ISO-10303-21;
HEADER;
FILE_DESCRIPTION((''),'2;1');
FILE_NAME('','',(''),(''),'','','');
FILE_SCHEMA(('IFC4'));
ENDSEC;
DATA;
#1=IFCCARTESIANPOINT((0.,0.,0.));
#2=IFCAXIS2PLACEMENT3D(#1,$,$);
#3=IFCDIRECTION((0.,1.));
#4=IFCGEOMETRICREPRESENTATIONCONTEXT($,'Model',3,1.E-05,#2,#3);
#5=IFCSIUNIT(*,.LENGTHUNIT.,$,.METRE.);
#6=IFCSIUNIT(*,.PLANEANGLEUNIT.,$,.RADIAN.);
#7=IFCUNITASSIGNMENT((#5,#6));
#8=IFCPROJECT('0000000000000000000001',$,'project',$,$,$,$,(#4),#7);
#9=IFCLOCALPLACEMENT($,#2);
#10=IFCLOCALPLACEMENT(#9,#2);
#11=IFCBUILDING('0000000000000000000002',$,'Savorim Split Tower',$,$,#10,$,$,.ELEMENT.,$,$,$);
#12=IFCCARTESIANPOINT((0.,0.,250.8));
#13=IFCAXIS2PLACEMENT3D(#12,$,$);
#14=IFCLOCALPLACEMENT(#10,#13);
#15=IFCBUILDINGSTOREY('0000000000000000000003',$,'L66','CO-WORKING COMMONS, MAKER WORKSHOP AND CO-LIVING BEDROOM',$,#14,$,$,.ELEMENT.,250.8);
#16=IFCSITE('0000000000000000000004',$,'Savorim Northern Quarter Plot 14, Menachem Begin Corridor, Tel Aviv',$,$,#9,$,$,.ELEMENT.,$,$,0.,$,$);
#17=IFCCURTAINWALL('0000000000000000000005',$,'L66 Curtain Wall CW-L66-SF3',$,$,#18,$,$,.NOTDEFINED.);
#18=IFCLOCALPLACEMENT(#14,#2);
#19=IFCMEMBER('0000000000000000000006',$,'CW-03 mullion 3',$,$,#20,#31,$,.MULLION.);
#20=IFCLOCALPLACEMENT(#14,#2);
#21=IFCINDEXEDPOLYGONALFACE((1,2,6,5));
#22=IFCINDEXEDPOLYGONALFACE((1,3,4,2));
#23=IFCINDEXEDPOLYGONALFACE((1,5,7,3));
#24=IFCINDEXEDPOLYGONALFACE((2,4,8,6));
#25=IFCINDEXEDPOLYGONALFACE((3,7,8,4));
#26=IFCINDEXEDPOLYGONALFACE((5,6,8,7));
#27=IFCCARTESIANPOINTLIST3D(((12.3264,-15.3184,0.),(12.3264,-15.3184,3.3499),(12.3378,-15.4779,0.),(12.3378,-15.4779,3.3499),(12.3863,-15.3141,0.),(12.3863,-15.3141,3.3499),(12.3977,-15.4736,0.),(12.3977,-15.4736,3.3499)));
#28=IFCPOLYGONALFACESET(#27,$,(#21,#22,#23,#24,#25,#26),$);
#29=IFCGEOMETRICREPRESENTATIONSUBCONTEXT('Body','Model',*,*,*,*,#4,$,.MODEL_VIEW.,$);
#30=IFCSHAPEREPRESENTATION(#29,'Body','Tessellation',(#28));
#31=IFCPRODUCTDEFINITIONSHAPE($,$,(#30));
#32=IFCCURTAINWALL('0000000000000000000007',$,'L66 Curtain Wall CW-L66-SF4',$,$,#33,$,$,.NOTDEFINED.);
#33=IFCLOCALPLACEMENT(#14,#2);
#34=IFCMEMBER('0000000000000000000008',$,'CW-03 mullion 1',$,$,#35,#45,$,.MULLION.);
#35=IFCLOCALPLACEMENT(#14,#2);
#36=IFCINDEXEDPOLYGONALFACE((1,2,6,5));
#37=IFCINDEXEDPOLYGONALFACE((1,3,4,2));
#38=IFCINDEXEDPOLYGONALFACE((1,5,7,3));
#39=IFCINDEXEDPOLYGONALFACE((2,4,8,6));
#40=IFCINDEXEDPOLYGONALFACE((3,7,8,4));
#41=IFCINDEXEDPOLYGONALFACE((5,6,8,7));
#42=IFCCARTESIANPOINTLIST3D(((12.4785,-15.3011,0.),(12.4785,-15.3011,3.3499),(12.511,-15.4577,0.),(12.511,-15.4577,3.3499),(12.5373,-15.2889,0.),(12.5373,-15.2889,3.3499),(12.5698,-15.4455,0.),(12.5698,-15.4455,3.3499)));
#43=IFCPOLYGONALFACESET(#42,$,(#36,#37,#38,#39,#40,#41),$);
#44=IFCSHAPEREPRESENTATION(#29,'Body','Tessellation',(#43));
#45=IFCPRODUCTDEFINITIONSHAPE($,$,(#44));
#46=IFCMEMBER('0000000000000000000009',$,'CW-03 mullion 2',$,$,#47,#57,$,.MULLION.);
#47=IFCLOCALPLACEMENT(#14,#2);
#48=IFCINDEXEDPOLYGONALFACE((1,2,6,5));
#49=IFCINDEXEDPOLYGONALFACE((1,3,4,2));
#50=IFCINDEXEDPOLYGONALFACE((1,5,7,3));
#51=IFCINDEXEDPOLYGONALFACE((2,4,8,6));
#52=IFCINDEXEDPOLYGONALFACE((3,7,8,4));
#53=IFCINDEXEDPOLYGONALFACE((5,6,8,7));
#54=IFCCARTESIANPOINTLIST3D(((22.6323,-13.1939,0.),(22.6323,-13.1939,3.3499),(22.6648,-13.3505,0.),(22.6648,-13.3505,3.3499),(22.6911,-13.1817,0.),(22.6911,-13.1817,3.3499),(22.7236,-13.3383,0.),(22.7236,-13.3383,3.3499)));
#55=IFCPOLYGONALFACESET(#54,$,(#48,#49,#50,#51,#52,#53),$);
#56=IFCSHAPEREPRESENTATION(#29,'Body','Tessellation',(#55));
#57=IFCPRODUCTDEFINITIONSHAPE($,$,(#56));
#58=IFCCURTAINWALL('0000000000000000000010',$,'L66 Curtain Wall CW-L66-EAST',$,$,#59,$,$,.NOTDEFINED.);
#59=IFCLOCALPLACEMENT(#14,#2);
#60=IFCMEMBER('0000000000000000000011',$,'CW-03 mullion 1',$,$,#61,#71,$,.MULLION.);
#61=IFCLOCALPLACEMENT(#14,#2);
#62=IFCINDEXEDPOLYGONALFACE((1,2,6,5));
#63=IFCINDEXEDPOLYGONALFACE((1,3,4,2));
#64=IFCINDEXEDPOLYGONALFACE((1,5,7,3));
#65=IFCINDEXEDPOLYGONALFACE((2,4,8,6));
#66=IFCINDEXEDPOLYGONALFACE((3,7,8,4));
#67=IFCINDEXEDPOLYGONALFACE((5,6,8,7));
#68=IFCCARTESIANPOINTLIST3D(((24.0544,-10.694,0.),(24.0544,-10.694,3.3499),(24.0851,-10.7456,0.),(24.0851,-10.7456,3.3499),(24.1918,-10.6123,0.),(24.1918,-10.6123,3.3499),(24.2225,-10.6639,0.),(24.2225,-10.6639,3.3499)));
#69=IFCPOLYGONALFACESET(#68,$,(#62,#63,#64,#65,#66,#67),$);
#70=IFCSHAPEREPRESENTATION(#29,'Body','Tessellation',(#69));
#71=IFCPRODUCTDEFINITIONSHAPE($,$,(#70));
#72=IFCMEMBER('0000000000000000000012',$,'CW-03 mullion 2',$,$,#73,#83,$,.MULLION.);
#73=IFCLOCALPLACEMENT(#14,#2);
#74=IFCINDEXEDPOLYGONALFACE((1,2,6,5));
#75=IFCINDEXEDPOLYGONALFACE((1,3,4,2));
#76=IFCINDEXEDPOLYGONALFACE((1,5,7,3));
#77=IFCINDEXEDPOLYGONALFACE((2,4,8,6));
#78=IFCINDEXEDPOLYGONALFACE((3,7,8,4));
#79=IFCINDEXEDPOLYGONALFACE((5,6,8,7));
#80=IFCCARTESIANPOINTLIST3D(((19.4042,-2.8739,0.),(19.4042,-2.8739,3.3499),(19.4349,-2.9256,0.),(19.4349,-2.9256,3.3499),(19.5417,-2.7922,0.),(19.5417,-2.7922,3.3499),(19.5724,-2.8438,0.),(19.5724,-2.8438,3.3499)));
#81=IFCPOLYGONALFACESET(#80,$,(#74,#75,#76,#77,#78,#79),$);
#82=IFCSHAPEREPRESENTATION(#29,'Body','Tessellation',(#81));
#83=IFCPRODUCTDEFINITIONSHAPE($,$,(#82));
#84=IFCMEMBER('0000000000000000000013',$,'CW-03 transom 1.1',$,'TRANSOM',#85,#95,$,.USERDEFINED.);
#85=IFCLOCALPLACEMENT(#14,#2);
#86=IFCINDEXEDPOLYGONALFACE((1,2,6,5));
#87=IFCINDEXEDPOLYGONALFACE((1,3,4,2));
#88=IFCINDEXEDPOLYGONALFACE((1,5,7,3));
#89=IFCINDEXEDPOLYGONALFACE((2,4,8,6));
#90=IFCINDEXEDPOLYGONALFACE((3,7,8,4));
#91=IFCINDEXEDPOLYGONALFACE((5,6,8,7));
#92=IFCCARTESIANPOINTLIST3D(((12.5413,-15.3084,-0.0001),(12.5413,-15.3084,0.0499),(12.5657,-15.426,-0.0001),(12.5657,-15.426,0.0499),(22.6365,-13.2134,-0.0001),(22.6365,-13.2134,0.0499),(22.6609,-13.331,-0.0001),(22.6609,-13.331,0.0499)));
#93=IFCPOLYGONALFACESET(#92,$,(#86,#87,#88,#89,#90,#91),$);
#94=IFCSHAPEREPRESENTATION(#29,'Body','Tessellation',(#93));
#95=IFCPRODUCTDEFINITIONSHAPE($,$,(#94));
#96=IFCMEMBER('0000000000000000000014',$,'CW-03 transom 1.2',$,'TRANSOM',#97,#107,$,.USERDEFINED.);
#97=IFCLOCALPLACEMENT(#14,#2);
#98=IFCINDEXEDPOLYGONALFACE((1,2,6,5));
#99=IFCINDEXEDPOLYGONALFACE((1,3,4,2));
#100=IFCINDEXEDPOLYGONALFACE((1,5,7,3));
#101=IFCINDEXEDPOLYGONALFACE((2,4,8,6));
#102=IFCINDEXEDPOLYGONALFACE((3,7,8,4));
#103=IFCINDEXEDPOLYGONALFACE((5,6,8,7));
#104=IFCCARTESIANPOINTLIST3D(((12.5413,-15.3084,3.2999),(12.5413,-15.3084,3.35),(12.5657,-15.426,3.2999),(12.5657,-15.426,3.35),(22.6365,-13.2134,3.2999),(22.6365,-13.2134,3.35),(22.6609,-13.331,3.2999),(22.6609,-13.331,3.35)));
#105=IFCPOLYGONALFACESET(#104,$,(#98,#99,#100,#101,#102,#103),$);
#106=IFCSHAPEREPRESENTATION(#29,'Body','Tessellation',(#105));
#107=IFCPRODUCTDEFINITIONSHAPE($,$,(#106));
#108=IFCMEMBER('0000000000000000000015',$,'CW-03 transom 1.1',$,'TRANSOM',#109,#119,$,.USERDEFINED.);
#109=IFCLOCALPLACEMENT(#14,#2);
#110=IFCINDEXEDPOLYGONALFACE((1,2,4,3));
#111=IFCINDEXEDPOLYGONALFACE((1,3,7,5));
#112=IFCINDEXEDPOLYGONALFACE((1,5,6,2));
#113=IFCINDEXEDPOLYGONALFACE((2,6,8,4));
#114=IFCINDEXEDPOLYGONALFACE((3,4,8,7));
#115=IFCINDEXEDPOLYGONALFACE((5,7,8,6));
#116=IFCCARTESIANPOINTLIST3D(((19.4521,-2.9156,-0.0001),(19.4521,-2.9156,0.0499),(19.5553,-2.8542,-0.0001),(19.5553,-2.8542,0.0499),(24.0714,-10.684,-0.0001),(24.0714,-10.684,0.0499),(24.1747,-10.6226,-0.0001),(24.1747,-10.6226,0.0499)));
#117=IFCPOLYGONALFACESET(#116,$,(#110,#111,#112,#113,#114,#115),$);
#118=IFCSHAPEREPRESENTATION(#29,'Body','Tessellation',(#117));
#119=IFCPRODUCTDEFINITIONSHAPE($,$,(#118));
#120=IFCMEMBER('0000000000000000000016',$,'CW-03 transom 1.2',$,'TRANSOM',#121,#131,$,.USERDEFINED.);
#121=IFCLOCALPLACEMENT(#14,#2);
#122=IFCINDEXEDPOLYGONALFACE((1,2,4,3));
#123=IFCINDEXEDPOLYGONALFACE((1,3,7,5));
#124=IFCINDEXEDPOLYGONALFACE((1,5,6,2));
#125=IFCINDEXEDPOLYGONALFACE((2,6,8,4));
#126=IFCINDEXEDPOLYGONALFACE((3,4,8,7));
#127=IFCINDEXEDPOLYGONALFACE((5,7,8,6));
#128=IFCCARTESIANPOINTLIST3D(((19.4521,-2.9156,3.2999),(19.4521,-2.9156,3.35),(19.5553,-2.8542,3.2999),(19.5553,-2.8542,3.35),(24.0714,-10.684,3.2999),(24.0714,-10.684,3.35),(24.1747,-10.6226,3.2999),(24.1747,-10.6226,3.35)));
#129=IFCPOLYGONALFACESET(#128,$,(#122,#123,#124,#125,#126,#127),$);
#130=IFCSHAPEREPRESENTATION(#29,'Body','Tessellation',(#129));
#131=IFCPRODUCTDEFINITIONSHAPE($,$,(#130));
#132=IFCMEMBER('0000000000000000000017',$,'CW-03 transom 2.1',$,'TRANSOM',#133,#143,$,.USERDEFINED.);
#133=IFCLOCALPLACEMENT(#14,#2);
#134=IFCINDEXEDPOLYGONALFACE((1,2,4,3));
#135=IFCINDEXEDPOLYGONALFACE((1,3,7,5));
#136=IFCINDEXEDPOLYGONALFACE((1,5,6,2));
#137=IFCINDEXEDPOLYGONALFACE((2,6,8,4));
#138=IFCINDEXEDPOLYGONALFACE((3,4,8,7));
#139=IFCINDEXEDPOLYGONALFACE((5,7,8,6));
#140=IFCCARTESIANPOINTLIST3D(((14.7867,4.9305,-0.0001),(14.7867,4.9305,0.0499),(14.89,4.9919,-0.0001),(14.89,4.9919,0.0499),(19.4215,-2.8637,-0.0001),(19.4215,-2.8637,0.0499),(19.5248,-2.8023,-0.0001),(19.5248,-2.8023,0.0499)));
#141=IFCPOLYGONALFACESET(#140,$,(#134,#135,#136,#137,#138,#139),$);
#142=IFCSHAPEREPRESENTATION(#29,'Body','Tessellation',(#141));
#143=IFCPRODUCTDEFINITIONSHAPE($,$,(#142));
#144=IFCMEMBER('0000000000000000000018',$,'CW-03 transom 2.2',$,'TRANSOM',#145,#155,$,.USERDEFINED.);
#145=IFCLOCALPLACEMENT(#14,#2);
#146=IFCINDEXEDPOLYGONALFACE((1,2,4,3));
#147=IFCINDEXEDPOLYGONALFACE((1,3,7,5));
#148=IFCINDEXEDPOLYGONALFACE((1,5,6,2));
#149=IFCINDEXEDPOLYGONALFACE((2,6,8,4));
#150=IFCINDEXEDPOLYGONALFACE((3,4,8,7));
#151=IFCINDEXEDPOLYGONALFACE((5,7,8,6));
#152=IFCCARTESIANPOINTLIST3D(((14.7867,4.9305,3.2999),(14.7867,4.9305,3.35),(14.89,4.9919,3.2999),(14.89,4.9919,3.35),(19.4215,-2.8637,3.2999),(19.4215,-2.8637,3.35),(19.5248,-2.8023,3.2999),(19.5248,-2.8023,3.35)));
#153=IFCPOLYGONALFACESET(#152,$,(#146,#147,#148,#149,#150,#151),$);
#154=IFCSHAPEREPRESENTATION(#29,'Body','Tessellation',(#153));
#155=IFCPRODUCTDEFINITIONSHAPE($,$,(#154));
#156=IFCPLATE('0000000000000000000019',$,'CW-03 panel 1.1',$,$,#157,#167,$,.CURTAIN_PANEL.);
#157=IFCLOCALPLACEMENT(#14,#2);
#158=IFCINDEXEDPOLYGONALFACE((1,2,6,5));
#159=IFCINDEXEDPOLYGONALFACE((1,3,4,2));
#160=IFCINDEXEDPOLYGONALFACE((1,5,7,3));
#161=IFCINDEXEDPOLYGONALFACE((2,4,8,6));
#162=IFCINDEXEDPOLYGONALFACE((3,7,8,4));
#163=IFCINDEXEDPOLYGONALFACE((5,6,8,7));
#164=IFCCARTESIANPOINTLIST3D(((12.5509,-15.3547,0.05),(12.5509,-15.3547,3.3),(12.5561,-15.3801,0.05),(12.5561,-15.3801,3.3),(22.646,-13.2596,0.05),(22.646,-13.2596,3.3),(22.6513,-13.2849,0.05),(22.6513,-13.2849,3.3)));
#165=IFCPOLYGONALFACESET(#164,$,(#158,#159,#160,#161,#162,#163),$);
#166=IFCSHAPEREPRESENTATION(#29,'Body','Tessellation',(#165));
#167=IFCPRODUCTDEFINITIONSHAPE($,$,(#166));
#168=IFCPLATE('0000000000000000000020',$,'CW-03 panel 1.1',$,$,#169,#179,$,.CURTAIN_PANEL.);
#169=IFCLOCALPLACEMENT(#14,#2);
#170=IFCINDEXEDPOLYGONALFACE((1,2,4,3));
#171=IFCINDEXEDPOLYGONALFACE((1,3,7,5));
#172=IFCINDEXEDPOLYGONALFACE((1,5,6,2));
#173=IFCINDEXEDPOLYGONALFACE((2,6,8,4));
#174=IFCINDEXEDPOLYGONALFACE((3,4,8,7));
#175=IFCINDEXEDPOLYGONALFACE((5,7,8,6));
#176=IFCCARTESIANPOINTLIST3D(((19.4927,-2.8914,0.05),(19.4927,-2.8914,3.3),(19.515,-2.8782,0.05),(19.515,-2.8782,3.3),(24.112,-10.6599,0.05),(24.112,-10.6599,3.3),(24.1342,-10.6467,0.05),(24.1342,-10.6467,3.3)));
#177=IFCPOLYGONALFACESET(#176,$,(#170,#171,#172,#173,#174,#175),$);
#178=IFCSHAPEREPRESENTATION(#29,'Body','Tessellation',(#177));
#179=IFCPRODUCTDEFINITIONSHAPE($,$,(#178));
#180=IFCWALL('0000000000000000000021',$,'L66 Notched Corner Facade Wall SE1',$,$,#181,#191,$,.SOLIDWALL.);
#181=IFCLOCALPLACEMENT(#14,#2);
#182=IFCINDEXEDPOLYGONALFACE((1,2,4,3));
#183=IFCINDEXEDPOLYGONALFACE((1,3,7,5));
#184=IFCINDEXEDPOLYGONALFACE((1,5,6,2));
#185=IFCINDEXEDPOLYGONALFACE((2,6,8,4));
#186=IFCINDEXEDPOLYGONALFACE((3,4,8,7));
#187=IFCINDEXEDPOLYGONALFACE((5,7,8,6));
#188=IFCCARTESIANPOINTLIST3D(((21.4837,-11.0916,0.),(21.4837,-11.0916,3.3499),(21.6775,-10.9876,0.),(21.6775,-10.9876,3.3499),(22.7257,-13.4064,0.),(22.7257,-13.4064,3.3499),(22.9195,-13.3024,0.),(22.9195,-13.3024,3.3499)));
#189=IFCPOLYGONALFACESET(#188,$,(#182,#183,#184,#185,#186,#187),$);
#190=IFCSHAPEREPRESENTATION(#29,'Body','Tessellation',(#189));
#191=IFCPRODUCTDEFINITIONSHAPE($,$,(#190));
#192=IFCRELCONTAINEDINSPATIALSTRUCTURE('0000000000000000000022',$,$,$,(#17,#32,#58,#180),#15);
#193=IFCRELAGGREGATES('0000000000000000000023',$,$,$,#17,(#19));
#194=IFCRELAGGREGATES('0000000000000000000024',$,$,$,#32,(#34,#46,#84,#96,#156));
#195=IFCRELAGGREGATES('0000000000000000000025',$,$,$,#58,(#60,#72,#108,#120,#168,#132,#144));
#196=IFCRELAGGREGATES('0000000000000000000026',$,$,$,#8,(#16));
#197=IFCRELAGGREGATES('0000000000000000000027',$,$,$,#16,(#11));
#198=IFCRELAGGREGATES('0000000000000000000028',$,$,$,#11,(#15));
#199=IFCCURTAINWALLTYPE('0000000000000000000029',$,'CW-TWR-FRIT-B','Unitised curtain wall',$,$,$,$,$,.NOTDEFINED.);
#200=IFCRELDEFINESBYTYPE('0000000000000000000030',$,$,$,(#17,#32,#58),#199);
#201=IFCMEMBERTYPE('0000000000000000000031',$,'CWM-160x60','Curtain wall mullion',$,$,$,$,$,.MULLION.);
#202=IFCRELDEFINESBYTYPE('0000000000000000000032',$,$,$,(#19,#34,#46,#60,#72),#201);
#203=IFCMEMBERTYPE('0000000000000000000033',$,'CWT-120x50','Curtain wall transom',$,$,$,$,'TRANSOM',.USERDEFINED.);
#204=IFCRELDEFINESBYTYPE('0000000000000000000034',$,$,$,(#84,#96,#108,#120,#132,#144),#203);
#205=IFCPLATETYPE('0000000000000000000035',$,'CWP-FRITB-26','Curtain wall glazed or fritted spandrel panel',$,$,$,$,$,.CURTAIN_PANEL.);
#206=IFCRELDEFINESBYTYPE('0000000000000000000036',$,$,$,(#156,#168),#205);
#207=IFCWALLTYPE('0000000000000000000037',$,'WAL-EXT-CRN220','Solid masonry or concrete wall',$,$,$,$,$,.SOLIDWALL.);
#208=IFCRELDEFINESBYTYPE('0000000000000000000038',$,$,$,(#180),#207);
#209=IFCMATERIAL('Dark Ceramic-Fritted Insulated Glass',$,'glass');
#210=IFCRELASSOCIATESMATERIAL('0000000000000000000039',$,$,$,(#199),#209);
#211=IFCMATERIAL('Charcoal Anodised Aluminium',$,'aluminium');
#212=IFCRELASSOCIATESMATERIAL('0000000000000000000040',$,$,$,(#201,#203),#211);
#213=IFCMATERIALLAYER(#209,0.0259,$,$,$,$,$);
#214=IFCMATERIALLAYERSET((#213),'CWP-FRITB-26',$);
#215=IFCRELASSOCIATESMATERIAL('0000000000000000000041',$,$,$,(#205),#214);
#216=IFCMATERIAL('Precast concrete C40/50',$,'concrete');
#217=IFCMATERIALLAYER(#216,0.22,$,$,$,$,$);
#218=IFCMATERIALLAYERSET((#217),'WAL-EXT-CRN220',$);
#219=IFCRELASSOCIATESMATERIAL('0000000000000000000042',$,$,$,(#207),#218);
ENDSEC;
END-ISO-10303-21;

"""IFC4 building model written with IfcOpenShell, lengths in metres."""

from ifc_helpers import new_model, si_unit, direction, frame, frame_2d, origin, origin_2d, place, context, subcontext, project, spatial, rectangle, extrude, material, layer, layer_set, material_profile, profile_set, type_object, element, aggregate, save


model = new_model("IFC4")

# Units and contexts
model_context = context("Model", 3, precision=1e-05, world=origin(), true_north=direction((0.0, 1.0)))
body_context = subcontext(model_context, "Body", "Model", "MODEL_VIEW")
ifc_project = project(units=[si_unit("LENGTHUNIT", "METRE"), si_unit("PLANEANGLEUNIT", "RADIAN")], contexts=[model_context])

# Site, building, storey
site_placement = place(None, origin())
site = spatial("IfcSite", under=ifc_project, at=site_placement, Name="Savorim Northern Quarter Plot 14, Menachem Begin Corridor, Tel Aviv", CompositionType="ELEMENT", RefElevation=0.0)
building_placement = place(site_placement, origin())
building = spatial("IfcBuilding", under=site, at=building_placement, Name="Savorim Split Tower", CompositionType="ELEMENT")
storey_placement = place(building_placement, frame((0.0, 0.0, 250.8)))
storey = spatial("IfcBuildingStorey", under=building, at=storey_placement, Name="L66", Description="CO-WORKING COMMONS, MAKER WORKSHOP AND CO-LIVING BEDROOM", CompositionType="ELEMENT", Elevation=250.8)

# Curtain wall, member
ifc_material_1 = material(Name="Dark Ceramic-Fritted Insulated Glass", Category="glass")
curtain_wall_type = type_object("IfcCurtainWallType", Name="CW-TWR-FRIT-B", Description="Unitised curtain wall", PredefinedType="NOTDEFINED", material=ifc_material_1)
curtain_wall_1_placement = place(storey_placement, origin())
curtain_wall_1 = element("IfcCurtainWall", 1, at=curtain_wall_1_placement, inside=storey, type_object=curtain_wall_type, Name="L66 Curtain Wall CW-L66-SF3", PredefinedType="NOTDEFINED")
ifc_material_2 = material(Name="Charcoal Anodised Aluminium", Category="aluminium")
ifc_material_profile_1 = material_profile(ifc_material_2, rectangle(XDim=0.1599, YDim=0.0601, at=origin_2d()), Name="ALU-M 160x60")
ifc_profile_set_1 = profile_set([ifc_material_profile_1], Name="Charcoal Anodised Aluminium")
member_type_1 = type_object("IfcMemberType", Name="CWM-160x60", Description="Curtain wall mullion", PredefinedType="MULLION", material=ifc_profile_set_1)
member_1_placement = place(storey_placement, frame((12.3621, -15.396, 0.0), z_axis=(0.0, 0.0, 1.0), x_axis=(-0.071562, 0.997436, 0.0)))
member_1 = element("IfcMember", 2, at=member_1_placement, type_object=member_type_1, Name="CW-03 mullion 3", PredefinedType="MULLION", context=body_context, shape_type="SweptSolid", body=[
    extrude(rectangle(XDim=0.1599, YDim=0.0601, at=origin_2d()), origin(), (0.0, 0.0, 1.0), 3.3499),
])
aggregate(curtain_wall_1, [member_1])

# Curtain walls, members
curtain_wall_2_placement = place(storey_placement, origin())
curtain_wall_2 = element("IfcCurtainWall", 3, at=curtain_wall_2_placement, inside=storey, type_object=curtain_wall_type, Name="L66 Curtain Wall CW-L66-SF4", PredefinedType="NOTDEFINED")
member_2_placement = place(storey_placement, frame((12.5242, -15.3733, 0.0), z_axis=(0.0, 0.0, 1.0), x_axis=(-0.203208, 0.979136, 0.0)))
member_2 = element("IfcMember", 4, at=member_2_placement, type_object=member_type_1, Name="CW-03 mullion 1", PredefinedType="MULLION", context=body_context, shape_type="SweptSolid", body=[
    extrude(rectangle(XDim=0.1599, YDim=0.0601, at=origin_2d()), origin(), (0.0, 0.0, 1.0), 3.3499),
])
member_3_placement = place(storey_placement, frame((22.678, -13.2661, 0.0), z_axis=(0.0, 0.0, 1.0), x_axis=(-0.203208, 0.979136, 0.0)))
member_3 = element("IfcMember", 5, at=member_3_placement, type_object=member_type_1, Name="CW-03 mullion 2", PredefinedType="MULLION", context=body_context, shape_type="SweptSolid", body=[
    extrude(rectangle(XDim=0.1599, YDim=0.0601, at=origin_2d()), origin(), (0.0, 0.0, 1.0), 3.3499),
])
curtain_wall_3_placement = place(storey_placement, origin())
curtain_wall_3 = element("IfcCurtainWall", 6, at=curtain_wall_3_placement, inside=storey, type_object=curtain_wall_type, Name="L66 Curtain Wall CW-L66-EAST", PredefinedType="NOTDEFINED")
member_4_placement = place(storey_placement, frame((24.1384, -10.679, 0.0), z_axis=(0.0, 0.0, 1.0), x_axis=(-0.859527, -0.51109, 0.0)))
member_4 = element("IfcMember", 7, at=member_4_placement, type_object=member_type_1, Name="CW-03 mullion 1", PredefinedType="MULLION", context=body_context, shape_type="SweptSolid", body=[
    extrude(rectangle(XDim=0.1599, YDim=0.0601, at=origin_2d()), origin(), (0.0, 0.0, 1.0), 3.3499),
])
member_5_placement = place(storey_placement, frame((19.4883, -2.8589, 0.0), z_axis=(0.0, 0.0, 1.0), x_axis=(-0.859527, -0.51109, 0.0)))
member_5 = element("IfcMember", 8, at=member_5_placement, type_object=member_type_1, Name="CW-03 mullion 2", PredefinedType="MULLION", context=body_context, shape_type="SweptSolid", body=[
    extrude(rectangle(XDim=0.1599, YDim=0.0601, at=origin_2d()), origin(), (0.0, 0.0, 1.0), 3.3499),
])

# Members
ifc_material_profile_2 = material_profile(ifc_material_2, rectangle(XDim=0.1201, YDim=0.05, at=origin_2d()), Name="ALU-T 120x50")
ifc_profile_set_2 = profile_set([ifc_material_profile_2], Name="Charcoal Anodised Aluminium")
member_type_2 = type_object("IfcMemberType", Name="CWT-120x50", Description="Curtain wall transom", ElementType="TRANSOM", PredefinedType="USERDEFINED", material=ifc_profile_set_2)
member_6_placement = place(storey_placement, frame((12.5535, -15.3672, 0.0249), z_axis=(0.979139, 0.203192, 0.0), x_axis=(-0.203192, 0.979139, 0.0)))
member_6 = element("IfcMember", 9, at=member_6_placement, type_object=member_type_2, Name="CW-03 transom 1.1", ObjectType="TRANSOM", PredefinedType="USERDEFINED", context=body_context, shape_type="SweptSolid", body=[
    extrude(rectangle(XDim=0.1201, YDim=0.05, at=origin_2d()), origin(), (0.0, 0.0, 1.0), 10.3103),
])
member_7_placement = place(storey_placement, frame((12.5535, -15.3672, 3.325), z_axis=(0.979139, 0.203192, 0.0), x_axis=(-0.203192, 0.979139, 0.0)))
member_7 = element("IfcMember", 10, at=member_7_placement, type_object=member_type_2, Name="CW-03 transom 1.2", ObjectType="TRANSOM", PredefinedType="USERDEFINED", context=body_context, shape_type="SweptSolid", body=[
    extrude(rectangle(XDim=0.1201, YDim=0.05, at=origin_2d()), origin(), (0.0, 0.0, 1.0), 10.3103),
])
member_8_placement = place(storey_placement, frame((24.123, -10.6533, 0.0249), z_axis=(-0.511095, 0.859524, 0.0), x_axis=(-0.859524, -0.511095, 0.0)))
member_8 = element("IfcMember", 11, at=member_8_placement, type_object=member_type_2, Name="CW-03 transom 1.1", ObjectType="TRANSOM", PredefinedType="USERDEFINED", context=body_context, shape_type="SweptSolid", body=[
    extrude(rectangle(XDim=0.1201, YDim=0.05, at=origin_2d()), origin(), (0.0, 0.0, 1.0), 9.0381),
])
member_9_placement = place(storey_placement, frame((24.123, -10.6533, 3.325), z_axis=(-0.511095, 0.859524, 0.0), x_axis=(-0.859524, -0.511095, 0.0)))
member_9 = element("IfcMember", 12, at=member_9_placement, type_object=member_type_2, Name="CW-03 transom 1.2", ObjectType="TRANSOM", PredefinedType="USERDEFINED", context=body_context, shape_type="SweptSolid", body=[
    extrude(rectangle(XDim=0.1201, YDim=0.05, at=origin_2d()), origin(), (0.0, 0.0, 1.0), 9.0381),
])
member_10_placement = place(storey_placement, frame((19.4731, -2.833, 0.0249), z_axis=(-0.511107, 0.859517, 0.0), x_axis=(-0.859517, -0.511107, 0.0)))
member_10 = element("IfcMember", 13, at=member_10_placement, type_object=member_type_2, Name="CW-03 transom 2.1", ObjectType="TRANSOM", PredefinedType="USERDEFINED", context=body_context, shape_type="SweptSolid", body=[
    extrude(rectangle(XDim=0.1201, YDim=0.05, at=origin_2d()), origin(), (0.0, 0.0, 1.0), 9.0681),
])
member_11_placement = place(storey_placement, frame((19.4731, -2.833, 3.325), z_axis=(-0.511107, 0.859517, 0.0), x_axis=(-0.859517, -0.511107, 0.0)))
member_11 = element("IfcMember", 14, at=member_11_placement, type_object=member_type_2, Name="CW-03 transom 2.2", ObjectType="TRANSOM", PredefinedType="USERDEFINED", context=body_context, shape_type="SweptSolid", body=[
    extrude(rectangle(XDim=0.1201, YDim=0.05, at=origin_2d()), origin(), (0.0, 0.0, 1.0), 9.0681),
])

# Plates
ifc_layer_1 = layer(ifc_material_1, 0.0259)
ifc_layer_set_1 = layer_set([ifc_layer_1], Name="CWP-FRITB-26")
plate_type = type_object("IfcPlateType", Name="CWP-FRITB-26", Description="Curtain wall glazed or fritted spandrel panel", PredefinedType="CURTAIN_PANEL", material=ifc_layer_set_1)
plate_1_placement = place(storey_placement, frame((17.6011, -14.3198, 0.05), z_axis=(0.0, 0.0, 1.0), x_axis=(0.979136, 0.203208, 0.0)))
plate_1 = element("IfcPlate", 15, at=plate_1_placement, type_object=plate_type, Name="CW-03 panel 1.1", PredefinedType="CURTAIN_PANEL", context=body_context, shape_type="SweptSolid", body=[
    extrude(rectangle(XDim=10.3103, YDim=0.0259, at=origin_2d()), origin(), (0.0, 0.0, 1.0), 3.25),
])
aggregate(curtain_wall_2, [member_2, member_3, member_6, member_7, plate_1])
plate_2_placement = place(storey_placement, frame((21.8135, -6.769, 0.05), z_axis=(0.0, 0.0, 1.0), x_axis=(-0.51109, 0.859527, 0.0)))
plate_2 = element("IfcPlate", 16, at=plate_2_placement, type_object=plate_type, Name="CW-03 panel 1.1", PredefinedType="CURTAIN_PANEL", context=body_context, shape_type="SweptSolid", body=[
    extrude(rectangle(XDim=9.0381, YDim=0.0259, at=origin_2d()), origin(), (0.0, 0.0, 1.0), 3.25),
])
aggregate(curtain_wall_3, [member_4, member_5, member_8, member_9, plate_2, member_10, member_11])

# Wall
ifc_material_3 = material(Name="Precast concrete C40/50", Category="concrete")
ifc_layer_2 = layer(ifc_material_3, 0.22)
ifc_layer_set_2 = layer_set([ifc_layer_2], Name="WAL-EXT-CRN220")
wall_type_1 = type_object("IfcWallType", Name="WAL-EXT-CRN220", Description="Solid masonry or concrete wall", PredefinedType="SOLIDWALL", material=ifc_layer_set_2)
wall_1_placement = place(storey_placement, frame((21.5806, -11.0396, 0.0), z_axis=(0.0, 0.0, 1.0), x_axis=(0.472791, -0.881174, 0.0)))
element("IfcWall", 17, at=wall_1_placement, inside=storey, type_object=wall_type_1, Name="L66 Notched Corner Facade Wall SE1", PredefinedType="SOLIDWALL", context=body_context, shape_type="SweptSolid", body=[
    extrude(rectangle(XDim=2.627, YDim=0.22, at=frame_2d((1.3135, 0.0))), origin(), (0.0, 0.0, 1.0), 3.3499),
])

save(model, "model.ifc")
